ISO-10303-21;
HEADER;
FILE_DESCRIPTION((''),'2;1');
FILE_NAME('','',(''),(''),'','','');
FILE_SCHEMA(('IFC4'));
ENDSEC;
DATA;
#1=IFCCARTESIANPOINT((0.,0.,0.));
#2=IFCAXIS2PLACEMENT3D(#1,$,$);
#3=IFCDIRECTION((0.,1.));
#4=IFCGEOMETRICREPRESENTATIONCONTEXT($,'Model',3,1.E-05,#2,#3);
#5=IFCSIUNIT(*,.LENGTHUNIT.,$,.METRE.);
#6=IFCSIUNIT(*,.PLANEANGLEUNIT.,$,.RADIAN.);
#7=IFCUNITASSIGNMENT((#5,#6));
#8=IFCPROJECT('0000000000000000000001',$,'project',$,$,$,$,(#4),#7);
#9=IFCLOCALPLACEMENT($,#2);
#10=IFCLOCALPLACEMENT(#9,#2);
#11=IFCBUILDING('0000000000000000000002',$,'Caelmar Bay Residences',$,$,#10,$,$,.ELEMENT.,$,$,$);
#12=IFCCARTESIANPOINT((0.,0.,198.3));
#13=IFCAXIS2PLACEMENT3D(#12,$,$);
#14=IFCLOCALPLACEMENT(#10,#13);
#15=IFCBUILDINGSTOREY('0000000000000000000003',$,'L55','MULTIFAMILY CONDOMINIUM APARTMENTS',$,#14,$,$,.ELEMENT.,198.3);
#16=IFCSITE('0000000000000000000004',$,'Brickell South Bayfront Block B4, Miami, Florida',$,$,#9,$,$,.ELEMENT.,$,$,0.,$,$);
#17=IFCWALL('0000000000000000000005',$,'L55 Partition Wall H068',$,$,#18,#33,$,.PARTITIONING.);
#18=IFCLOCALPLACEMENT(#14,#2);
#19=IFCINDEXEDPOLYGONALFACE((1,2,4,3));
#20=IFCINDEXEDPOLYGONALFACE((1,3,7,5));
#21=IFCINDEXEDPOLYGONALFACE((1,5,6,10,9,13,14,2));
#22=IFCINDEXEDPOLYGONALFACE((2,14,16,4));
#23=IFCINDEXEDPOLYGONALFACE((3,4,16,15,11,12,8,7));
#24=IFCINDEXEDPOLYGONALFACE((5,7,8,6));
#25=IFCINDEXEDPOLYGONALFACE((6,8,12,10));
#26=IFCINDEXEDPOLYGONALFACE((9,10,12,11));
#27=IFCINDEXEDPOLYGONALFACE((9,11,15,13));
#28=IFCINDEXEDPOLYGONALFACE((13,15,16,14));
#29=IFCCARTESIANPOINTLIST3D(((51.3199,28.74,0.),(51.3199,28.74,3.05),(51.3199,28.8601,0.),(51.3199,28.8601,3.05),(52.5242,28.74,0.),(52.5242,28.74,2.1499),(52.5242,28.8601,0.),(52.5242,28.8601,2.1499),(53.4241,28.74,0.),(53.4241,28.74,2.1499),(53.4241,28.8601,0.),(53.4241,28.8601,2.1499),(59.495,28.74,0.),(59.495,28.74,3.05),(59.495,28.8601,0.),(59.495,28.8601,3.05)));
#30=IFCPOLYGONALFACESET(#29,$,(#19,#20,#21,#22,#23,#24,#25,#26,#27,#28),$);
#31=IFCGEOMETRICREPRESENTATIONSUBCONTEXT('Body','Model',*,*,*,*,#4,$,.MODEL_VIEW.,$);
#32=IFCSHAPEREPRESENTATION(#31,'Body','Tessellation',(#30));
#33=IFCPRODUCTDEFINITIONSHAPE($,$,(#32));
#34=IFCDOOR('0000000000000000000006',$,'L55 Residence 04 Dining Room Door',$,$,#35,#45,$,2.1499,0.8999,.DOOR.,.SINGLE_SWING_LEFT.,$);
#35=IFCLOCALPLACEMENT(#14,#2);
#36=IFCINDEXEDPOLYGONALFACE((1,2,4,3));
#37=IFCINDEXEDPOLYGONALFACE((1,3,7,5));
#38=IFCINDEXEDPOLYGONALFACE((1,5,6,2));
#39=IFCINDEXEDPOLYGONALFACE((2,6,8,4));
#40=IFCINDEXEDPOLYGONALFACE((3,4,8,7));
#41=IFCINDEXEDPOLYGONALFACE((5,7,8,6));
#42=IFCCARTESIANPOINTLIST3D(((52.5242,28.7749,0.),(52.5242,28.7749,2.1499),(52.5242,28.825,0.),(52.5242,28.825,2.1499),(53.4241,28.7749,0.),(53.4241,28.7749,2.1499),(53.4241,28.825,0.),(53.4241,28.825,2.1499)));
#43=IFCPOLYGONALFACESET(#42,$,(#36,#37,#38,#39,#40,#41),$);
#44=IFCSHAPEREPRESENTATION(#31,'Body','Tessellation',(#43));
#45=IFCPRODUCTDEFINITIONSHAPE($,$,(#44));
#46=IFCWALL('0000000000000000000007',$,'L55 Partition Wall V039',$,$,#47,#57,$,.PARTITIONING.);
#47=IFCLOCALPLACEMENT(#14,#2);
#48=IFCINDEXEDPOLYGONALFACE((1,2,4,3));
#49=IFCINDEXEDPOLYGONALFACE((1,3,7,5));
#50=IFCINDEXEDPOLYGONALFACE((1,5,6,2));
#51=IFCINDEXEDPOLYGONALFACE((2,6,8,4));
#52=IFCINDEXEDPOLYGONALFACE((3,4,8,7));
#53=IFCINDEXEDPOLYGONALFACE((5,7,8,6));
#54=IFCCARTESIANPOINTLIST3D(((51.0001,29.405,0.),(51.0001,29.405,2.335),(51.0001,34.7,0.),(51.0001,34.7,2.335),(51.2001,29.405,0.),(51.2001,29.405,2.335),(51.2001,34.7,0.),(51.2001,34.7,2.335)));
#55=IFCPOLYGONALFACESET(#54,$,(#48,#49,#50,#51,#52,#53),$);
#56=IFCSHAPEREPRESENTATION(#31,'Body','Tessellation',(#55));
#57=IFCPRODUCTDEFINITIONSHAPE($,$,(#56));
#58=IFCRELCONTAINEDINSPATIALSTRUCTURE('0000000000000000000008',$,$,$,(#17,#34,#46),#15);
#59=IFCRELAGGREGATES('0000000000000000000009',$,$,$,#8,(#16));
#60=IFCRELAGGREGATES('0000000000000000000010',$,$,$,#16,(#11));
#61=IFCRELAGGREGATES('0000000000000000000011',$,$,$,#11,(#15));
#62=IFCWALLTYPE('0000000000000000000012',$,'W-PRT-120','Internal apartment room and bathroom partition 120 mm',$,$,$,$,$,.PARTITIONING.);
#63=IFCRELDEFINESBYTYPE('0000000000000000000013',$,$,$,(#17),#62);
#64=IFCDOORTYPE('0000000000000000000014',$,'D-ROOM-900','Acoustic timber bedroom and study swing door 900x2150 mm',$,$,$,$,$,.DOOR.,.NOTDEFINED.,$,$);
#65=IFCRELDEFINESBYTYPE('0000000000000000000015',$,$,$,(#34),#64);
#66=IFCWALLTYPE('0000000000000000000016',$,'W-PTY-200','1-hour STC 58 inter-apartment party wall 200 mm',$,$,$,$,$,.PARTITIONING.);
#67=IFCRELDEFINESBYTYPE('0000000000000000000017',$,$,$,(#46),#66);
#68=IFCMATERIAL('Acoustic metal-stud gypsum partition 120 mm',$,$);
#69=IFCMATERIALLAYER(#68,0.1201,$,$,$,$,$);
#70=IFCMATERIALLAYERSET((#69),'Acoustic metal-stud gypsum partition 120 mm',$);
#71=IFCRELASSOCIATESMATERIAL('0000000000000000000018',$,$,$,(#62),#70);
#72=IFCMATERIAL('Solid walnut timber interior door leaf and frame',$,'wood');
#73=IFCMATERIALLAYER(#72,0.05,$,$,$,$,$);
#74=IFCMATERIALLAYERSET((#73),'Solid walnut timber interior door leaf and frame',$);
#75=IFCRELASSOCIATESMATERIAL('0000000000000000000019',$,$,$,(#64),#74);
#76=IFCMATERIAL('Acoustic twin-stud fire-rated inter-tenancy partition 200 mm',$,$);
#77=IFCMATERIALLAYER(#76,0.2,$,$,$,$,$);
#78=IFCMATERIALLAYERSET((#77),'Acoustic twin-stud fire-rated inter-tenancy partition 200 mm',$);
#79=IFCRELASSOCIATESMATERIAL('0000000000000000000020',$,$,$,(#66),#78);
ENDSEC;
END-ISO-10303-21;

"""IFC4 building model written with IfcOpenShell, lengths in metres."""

from ifc_helpers import new_model, si_unit, direction, frame, frame_2d, origin, place, context, subcontext, project, spatial, rectangle, extrude, material, layer, layer_set, type_object, element, fill, save


model = new_model("IFC4")

# Units and contexts
model_context = context("Model", 3, precision=1e-05, world=origin(), true_north=direction((0.0, 1.0)))
body_context = subcontext(model_context, "Body", "Model", "MODEL_VIEW")
ifc_project = project(units=[si_unit("LENGTHUNIT", "METRE"), si_unit("PLANEANGLEUNIT", "RADIAN")], contexts=[model_context])

# Site, building, storey
site_placement = place(None, origin())
site = spatial("IfcSite", under=ifc_project, at=site_placement, Name="Brickell South Bayfront Block B4, Miami, Florida", CompositionType="ELEMENT", RefElevation=0.0)
building_placement = place(site_placement, origin())
building = spatial("IfcBuilding", under=site, at=building_placement, Name="Caelmar Bay Residences", CompositionType="ELEMENT")
storey_placement = place(building_placement, frame((0.0, 0.0, 198.3)))
storey = spatial("IfcBuildingStorey", under=building, at=storey_placement, Name="L55", Description="MULTIFAMILY CONDOMINIUM APARTMENTS", CompositionType="ELEMENT", Elevation=198.3)

# Wall, opening, door
ifc_material_1 = material(Name="Acoustic metal-stud gypsum partition 120 mm")
ifc_layer_1 = layer(ifc_material_1, 0.1201)
ifc_layer_set_1 = layer_set([ifc_layer_1], Name="Acoustic metal-stud gypsum partition 120 mm")
wall_type_1 = type_object("IfcWallType", Name="W-PRT-120", Description="Internal apartment room and bathroom partition 120 mm", PredefinedType="PARTITIONING", material=ifc_layer_set_1)
ifc_material_2 = material(Name="Solid walnut timber interior door leaf and frame", Category="wood")
ifc_layer_2 = layer(ifc_material_2, 0.05)
ifc_layer_set_2 = layer_set([ifc_layer_2], Name="Solid walnut timber interior door leaf and frame")
door_type_1 = type_object("IfcDoorType", Name="D-ROOM-900", Description="Acoustic timber bedroom and study swing door 900x2150 mm", OperationType="NOTDEFINED", PredefinedType="DOOR", material=ifc_layer_set_2)
wall_1_placement = place(storey_placement, frame((51.3201, 28.8, 0.0), z_axis=(0.0, 0.0, 1.0), x_axis=(1.0, 0.0, 0.0)))
wall_1 = element("IfcWall", 1, at=wall_1_placement, inside=storey, type_object=wall_type_1, Name="L55 Partition Wall H068", PredefinedType="PARTITIONING", context=body_context, shape_type="SweptSolid", body=[
    extrude(rectangle(XDim=8.175, YDim=0.1201, at=frame_2d((4.0874, 0.0))), origin(), (0.0, 0.0, 1.0), 3.05),
])
opening_1_placement = place(wall_1_placement, frame((1.2041, 0.0, 0.0)))
opening_1 = element("IfcOpeningElement", 2, at=opening_1_placement, cuts=wall_1, PredefinedType="OPENING", context=body_context, shape_type="SweptSolid", body=[
    extrude(rectangle(XDim=0.8999, YDim=2.1499, at=frame_2d((0.45, 1.075))), frame((0.0, 0.0701, 0.0), z_axis=(0.0, -1.0, 0.0), x_axis=(1.0, 0.0, 0.0)), (0.0, 0.0, 1.0), 0.1401),
])
door_1_placement = place(opening_1_placement, origin())
door_1 = element("IfcDoor", 3, at=door_1_placement, inside=storey, type_object=door_type_1, Name="L55 Residence 04 Dining Room Door", OperationType="SINGLE_SWING_LEFT", OverallHeight=2.1499, OverallWidth=0.8999, PredefinedType="DOOR", context=body_context, shape_type="SweptSolid", body=[
    extrude(rectangle(XDim=0.8999, YDim=2.1499, at=frame_2d((0.45, 1.075))), frame((0.0, 0.0249, 0.0), z_axis=(0.0, -1.0, 0.0), x_axis=(1.0, 0.0, 0.0)), (0.0, 0.0, 1.0), 0.05),
])
fill(opening_1, door_1)

# Wall
ifc_material_3 = material(Name="Acoustic twin-stud fire-rated inter-tenancy partition 200 mm")
ifc_layer_3 = layer(ifc_material_3, 0.2)
ifc_layer_set_3 = layer_set([ifc_layer_3], Name="Acoustic twin-stud fire-rated inter-tenancy partition 200 mm")
wall_type_2 = type_object("IfcWallType", Name="W-PTY-200", Description="1-hour STC 58 inter-apartment party wall 200 mm", PredefinedType="PARTITIONING", material=ifc_layer_set_3)
wall_2_placement = place(storey_placement, frame((51.1001, 29.405, 0.0), z_axis=(0.0, 0.0, 1.0), x_axis=(0.0, 1.0, 0.0)))
element("IfcWall", 4, at=wall_2_placement, inside=storey, type_object=wall_type_2, Name="L55 Partition Wall V039", PredefinedType="PARTITIONING", context=body_context, shape_type="SweptSolid", body=[
    extrude(rectangle(XDim=5.2949, YDim=0.2, at=frame_2d((2.6475, 0.0))), origin(), (0.0, 0.0, 1.0), 2.335),
])

save(model, "model.ifc")
